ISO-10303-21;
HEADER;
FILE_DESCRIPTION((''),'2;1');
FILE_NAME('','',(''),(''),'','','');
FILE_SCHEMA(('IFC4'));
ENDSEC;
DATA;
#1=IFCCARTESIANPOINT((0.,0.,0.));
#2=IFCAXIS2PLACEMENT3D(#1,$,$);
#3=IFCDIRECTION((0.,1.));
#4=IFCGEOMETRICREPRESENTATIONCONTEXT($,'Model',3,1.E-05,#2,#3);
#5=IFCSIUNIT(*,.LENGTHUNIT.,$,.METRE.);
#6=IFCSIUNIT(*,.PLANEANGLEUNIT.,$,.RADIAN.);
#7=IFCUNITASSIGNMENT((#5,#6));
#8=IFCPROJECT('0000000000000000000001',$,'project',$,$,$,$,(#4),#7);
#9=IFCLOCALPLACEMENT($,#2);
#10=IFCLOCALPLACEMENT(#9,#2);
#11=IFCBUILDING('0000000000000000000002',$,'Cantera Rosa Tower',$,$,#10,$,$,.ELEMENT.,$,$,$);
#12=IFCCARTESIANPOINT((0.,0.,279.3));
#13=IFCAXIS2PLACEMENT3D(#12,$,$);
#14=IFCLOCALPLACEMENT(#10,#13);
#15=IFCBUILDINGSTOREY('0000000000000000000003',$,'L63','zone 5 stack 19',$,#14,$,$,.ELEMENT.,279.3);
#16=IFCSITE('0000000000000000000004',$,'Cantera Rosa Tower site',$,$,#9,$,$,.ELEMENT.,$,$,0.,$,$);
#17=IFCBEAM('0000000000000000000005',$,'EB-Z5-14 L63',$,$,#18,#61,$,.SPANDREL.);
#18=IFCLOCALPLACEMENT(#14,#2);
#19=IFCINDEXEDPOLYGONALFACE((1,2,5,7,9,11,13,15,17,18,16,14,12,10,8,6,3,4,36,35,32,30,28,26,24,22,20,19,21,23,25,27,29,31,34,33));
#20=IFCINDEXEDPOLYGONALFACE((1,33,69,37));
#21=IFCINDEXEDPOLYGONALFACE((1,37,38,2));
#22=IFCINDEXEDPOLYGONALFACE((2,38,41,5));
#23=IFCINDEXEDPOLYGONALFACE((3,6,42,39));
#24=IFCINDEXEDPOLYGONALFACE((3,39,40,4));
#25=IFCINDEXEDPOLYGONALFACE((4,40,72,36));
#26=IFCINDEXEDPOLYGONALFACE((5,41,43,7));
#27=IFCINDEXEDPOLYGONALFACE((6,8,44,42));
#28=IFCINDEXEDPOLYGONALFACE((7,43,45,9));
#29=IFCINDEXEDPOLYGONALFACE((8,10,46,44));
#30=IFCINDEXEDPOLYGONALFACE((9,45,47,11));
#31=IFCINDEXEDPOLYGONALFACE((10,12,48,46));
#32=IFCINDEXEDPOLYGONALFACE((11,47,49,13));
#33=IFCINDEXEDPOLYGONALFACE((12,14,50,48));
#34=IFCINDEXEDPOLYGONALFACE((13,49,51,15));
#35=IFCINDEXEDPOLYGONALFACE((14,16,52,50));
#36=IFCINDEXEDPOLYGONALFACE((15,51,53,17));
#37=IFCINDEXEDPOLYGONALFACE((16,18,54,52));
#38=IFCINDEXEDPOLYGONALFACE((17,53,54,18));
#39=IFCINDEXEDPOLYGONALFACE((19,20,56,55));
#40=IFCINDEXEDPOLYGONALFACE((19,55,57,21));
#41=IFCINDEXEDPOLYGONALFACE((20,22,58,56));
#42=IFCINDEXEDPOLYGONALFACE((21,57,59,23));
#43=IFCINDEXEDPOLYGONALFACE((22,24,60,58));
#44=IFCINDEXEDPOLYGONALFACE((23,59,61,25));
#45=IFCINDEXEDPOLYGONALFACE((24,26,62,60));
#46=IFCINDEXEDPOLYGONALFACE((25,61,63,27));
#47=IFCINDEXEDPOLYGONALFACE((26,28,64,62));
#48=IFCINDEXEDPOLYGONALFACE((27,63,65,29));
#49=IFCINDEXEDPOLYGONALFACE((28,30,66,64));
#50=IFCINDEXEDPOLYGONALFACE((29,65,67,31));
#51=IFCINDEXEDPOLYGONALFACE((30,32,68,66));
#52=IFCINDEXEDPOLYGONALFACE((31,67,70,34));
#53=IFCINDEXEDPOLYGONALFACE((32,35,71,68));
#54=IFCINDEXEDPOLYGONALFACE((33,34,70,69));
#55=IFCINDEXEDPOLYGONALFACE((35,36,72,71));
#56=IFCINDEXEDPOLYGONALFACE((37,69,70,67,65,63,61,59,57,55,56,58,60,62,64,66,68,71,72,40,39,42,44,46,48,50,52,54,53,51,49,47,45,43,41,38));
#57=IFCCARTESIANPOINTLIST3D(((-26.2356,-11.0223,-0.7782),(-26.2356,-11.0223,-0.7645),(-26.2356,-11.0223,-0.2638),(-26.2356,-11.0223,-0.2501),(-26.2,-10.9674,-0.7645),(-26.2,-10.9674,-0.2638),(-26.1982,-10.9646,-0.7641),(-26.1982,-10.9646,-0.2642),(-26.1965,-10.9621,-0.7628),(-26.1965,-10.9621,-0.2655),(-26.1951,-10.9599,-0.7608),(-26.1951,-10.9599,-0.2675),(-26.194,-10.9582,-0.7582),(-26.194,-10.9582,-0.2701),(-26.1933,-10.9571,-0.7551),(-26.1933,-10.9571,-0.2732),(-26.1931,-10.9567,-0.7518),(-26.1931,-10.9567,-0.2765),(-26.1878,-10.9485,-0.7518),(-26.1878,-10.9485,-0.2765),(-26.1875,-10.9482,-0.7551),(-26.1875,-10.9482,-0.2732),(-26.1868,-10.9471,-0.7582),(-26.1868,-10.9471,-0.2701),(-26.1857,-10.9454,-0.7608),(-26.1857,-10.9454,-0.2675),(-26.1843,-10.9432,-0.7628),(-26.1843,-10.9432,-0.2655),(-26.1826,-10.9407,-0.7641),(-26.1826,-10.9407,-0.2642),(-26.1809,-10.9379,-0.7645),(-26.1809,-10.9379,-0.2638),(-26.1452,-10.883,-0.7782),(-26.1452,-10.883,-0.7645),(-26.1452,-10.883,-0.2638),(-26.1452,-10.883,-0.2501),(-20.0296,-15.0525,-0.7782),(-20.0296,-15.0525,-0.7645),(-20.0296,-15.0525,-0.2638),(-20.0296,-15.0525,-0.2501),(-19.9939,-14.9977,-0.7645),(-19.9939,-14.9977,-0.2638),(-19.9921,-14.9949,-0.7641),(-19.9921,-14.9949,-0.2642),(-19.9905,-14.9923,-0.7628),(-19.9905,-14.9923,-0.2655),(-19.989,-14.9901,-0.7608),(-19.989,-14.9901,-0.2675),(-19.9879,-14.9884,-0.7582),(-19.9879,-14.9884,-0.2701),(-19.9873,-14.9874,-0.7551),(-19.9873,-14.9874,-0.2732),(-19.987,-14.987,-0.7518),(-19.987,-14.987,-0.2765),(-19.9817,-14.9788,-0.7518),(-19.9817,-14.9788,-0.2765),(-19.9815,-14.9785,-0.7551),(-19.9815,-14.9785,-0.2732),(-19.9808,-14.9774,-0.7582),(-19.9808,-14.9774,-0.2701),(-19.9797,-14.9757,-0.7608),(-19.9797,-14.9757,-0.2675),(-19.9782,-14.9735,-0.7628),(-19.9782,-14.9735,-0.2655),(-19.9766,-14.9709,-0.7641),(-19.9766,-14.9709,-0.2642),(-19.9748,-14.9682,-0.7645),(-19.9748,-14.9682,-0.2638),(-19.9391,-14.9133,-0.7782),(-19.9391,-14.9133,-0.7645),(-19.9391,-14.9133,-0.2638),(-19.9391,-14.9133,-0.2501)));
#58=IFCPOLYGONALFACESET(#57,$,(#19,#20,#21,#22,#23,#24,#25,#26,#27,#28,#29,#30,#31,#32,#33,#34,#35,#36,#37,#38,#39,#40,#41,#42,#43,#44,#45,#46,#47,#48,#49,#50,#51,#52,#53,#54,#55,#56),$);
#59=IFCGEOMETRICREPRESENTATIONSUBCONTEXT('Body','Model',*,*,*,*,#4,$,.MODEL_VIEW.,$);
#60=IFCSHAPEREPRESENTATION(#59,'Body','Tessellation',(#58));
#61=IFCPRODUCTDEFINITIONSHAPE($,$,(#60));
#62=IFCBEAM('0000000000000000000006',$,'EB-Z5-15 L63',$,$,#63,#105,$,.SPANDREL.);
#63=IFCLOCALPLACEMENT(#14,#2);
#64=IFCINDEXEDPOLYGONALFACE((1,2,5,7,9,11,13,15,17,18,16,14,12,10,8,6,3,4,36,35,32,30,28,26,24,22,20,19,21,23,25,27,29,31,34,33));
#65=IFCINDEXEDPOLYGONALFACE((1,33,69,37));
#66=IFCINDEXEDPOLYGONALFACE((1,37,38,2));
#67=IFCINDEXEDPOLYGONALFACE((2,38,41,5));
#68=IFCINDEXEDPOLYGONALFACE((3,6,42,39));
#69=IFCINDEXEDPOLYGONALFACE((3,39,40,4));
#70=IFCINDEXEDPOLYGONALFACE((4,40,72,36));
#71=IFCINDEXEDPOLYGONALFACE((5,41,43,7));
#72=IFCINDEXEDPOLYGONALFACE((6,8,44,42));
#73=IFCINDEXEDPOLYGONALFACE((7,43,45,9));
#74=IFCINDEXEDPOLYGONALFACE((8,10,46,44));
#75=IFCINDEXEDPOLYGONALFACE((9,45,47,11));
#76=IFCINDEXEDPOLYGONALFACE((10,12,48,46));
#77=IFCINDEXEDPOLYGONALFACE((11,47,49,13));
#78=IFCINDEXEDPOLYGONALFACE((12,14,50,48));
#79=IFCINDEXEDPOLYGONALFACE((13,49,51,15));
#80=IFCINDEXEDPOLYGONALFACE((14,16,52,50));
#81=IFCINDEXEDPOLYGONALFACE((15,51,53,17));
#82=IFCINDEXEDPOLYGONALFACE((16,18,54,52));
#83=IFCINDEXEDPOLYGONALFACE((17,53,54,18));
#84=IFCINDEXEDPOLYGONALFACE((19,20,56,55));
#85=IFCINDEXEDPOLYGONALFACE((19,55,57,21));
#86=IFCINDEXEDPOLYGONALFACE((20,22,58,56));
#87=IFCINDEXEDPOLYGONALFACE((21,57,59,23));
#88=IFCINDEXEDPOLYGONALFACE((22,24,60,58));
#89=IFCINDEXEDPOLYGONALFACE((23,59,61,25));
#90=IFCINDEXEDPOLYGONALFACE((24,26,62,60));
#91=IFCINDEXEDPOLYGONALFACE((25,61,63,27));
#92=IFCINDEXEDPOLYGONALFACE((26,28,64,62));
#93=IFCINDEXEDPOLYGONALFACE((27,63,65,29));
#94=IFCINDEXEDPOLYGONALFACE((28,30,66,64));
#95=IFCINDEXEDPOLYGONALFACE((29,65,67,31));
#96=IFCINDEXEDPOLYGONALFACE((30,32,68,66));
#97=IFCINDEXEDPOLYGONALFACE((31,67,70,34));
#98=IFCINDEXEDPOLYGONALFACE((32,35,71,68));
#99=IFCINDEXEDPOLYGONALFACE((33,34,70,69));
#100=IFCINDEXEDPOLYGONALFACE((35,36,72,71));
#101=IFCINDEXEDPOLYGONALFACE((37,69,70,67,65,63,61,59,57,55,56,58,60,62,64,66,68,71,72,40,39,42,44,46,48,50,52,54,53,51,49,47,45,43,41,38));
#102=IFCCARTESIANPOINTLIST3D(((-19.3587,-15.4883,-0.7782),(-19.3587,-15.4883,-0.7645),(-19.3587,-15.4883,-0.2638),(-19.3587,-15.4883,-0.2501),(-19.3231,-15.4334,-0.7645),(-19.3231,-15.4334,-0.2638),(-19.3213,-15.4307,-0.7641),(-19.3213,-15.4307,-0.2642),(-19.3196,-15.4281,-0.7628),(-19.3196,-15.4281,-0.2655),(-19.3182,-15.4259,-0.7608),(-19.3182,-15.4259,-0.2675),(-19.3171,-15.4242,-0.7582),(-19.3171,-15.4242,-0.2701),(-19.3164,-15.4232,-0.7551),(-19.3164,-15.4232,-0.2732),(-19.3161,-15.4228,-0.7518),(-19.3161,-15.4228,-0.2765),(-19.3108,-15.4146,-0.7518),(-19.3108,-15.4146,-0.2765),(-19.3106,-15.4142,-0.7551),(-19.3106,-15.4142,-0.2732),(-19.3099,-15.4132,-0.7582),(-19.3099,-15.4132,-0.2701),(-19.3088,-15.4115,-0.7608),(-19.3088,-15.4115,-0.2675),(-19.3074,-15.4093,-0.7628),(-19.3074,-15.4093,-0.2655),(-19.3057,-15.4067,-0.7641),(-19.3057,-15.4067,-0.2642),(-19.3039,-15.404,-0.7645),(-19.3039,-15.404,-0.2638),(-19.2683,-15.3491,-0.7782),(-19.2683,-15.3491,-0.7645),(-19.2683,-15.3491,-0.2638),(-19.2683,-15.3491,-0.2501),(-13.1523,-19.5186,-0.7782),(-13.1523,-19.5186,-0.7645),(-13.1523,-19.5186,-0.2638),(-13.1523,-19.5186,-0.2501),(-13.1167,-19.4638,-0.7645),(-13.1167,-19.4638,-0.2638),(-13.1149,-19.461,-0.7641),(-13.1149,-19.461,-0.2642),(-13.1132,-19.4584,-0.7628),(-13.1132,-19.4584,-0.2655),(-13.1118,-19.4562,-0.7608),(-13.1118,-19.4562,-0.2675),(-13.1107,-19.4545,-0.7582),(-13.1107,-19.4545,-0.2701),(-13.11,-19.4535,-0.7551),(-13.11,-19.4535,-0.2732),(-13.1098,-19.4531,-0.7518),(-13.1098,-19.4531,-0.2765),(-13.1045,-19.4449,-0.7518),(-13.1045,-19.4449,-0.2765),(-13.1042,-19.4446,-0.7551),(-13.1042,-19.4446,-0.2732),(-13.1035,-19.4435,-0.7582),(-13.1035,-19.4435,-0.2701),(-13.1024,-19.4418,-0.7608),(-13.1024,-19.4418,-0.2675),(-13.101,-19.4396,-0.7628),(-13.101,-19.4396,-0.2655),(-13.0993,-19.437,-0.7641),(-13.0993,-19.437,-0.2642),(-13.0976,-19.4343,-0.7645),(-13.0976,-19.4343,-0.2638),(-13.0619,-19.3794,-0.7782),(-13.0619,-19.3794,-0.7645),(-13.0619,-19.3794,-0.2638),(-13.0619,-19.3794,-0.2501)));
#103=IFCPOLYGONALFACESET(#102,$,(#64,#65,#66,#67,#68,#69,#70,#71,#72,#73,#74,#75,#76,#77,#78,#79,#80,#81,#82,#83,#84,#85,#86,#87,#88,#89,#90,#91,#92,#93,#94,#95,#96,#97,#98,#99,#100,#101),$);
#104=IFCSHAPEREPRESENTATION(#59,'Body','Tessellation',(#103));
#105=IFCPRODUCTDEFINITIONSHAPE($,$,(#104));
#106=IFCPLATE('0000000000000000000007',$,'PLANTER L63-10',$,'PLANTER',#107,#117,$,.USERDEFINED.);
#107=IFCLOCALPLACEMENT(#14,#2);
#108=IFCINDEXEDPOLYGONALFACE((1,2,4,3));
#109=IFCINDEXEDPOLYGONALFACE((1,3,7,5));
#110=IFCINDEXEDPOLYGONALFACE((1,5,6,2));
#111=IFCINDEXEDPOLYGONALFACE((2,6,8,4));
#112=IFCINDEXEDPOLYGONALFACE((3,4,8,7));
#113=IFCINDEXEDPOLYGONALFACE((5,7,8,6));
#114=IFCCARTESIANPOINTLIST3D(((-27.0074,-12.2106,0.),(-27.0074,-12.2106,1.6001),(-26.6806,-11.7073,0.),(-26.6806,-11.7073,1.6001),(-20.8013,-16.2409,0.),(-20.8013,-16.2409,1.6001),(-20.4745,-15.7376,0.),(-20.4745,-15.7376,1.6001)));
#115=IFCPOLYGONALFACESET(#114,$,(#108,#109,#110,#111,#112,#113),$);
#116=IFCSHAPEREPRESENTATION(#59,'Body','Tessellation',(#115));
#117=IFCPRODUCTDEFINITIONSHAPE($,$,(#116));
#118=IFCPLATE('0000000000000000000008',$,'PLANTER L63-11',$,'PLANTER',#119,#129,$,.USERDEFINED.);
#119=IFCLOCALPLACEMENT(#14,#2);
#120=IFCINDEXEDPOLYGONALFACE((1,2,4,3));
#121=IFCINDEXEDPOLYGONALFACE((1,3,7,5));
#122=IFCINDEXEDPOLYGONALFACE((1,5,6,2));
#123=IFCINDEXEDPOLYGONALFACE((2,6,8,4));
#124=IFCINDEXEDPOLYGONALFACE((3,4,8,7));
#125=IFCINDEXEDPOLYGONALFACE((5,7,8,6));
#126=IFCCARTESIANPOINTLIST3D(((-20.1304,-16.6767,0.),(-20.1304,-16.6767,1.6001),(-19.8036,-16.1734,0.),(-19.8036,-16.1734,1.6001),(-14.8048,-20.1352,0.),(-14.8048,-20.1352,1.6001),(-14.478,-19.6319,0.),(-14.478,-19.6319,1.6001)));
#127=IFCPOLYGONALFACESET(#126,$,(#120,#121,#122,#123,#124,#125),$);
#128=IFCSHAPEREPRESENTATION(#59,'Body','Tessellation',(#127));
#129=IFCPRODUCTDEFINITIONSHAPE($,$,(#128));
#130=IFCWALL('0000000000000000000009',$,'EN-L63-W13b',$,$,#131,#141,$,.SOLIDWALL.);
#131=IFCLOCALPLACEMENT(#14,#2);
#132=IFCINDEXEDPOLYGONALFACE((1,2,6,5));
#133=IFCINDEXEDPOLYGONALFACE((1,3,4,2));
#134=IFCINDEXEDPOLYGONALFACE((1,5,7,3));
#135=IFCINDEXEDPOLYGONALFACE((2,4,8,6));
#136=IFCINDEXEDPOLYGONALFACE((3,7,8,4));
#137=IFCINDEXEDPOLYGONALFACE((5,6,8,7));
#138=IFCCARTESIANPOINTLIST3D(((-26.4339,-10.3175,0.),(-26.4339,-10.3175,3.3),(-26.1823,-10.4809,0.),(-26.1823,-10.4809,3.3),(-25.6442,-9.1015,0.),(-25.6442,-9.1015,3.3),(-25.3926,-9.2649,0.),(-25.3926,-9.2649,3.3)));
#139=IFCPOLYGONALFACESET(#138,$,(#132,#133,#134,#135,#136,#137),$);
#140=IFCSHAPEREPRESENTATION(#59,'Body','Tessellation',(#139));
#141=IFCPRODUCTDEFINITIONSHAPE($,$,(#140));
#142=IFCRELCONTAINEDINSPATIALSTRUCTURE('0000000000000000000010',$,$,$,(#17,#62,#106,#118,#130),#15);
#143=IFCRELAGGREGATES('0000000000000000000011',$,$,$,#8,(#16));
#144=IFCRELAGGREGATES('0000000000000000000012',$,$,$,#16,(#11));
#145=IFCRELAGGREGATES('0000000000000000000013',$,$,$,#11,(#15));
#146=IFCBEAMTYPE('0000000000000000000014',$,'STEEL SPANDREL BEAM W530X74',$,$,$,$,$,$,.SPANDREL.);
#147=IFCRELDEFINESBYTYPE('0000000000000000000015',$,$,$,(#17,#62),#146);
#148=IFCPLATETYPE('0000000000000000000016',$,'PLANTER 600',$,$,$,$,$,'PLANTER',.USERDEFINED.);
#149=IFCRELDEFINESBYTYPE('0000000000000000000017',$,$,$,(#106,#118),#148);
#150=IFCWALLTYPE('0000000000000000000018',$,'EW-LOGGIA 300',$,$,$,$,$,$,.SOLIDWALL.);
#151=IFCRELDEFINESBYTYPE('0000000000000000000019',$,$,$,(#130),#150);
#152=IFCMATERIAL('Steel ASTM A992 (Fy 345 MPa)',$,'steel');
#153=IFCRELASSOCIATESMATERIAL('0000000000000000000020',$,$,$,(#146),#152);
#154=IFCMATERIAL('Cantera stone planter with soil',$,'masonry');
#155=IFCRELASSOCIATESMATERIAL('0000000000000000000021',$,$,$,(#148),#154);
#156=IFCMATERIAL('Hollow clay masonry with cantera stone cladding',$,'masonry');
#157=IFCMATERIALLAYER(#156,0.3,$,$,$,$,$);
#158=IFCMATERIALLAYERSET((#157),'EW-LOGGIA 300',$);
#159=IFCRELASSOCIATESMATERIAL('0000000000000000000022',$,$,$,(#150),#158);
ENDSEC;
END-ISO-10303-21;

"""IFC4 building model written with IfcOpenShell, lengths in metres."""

from ifc_helpers import new_model, si_unit, direction, frame, frame_2d, origin, origin_2d, place, context, subcontext, project, spatial, rectangle, i_section, extrude, material, layer, layer_set, material_profile, profile_set, type_object, element, save


model = new_model("IFC4")

# Units and contexts
model_context = context("Model", 3, precision=1e-05, world=origin(), true_north=direction((0.0, 1.0)))
body_context = subcontext(model_context, "Body", "Model", "MODEL_VIEW")
ifc_project = project(units=[si_unit("LENGTHUNIT", "METRE"), si_unit("PLANEANGLEUNIT", "RADIAN")], contexts=[model_context])

# Site, building, storey
site_placement = place(None, origin())
site = spatial("IfcSite", under=ifc_project, at=site_placement, Name="Cantera Rosa Tower site", CompositionType="ELEMENT", RefElevation=0.0)
building_placement = place(site_placement, origin())
building = spatial("IfcBuilding", under=site, at=building_placement, Name="Cantera Rosa Tower", CompositionType="ELEMENT")
storey_placement = place(building_placement, frame((0.0, 0.0, 279.3)))
storey = spatial("IfcBuildingStorey", under=building, at=storey_placement, Name="L63", Description="zone 5 stack 19", CompositionType="ELEMENT", Elevation=279.3)

# Beams
ifc_material_1 = material(Name="Steel ASTM A992 (Fy 345 MPa)", Category="steel")
ifc_material_profile_1 = material_profile(ifc_material_1, i_section(OverallWidth=0.166, OverallDepth=0.5281, WebThickness=0.0098, FlangeThickness=0.0137, FilletRadius=0.0127, at=origin_2d()), Name="W530X74")
ifc_profile_set_1 = profile_set([ifc_material_profile_1], Name="Steel ASTM A992 (Fy 345 MPa)")
beam_type_1 = type_object("IfcBeamType", Name="STEEL SPANDREL BEAM W530X74", PredefinedType="SPANDREL", material=ifc_profile_set_1)
beam_1_placement = place(storey_placement, frame((-26.1904, -10.9526, -0.5142), z_axis=(0.83867, -0.54464, 0.0), x_axis=(0.54464, 0.83867, 0.0)))
element("IfcBeam", 1, at=beam_1_placement, inside=storey, type_object=beam_type_1, Name="EB-Z5-14 L63", PredefinedType="SPANDREL", context=body_context, shape_type="SweptSolid", body=[
    extrude(i_section(OverallWidth=0.166, OverallDepth=0.5281, WebThickness=0.0098, FlangeThickness=0.0137, FilletRadius=0.0127, at=origin_2d()), origin(), (0.0, 0.0, 1.0), 7.3999),
])
beam_2_placement = place(storey_placement, frame((-19.3135, -15.4187, -0.5142), z_axis=(0.838679, -0.544625, 0.0), x_axis=(0.544625, 0.838679, 0.0)))
element("IfcBeam", 2, at=beam_2_placement, inside=storey, type_object=beam_type_1, Name="EB-Z5-15 L63", PredefinedType="SPANDREL", context=body_context, shape_type="SweptSolid", body=[
    extrude(i_section(OverallWidth=0.166, OverallDepth=0.5281, WebThickness=0.0098, FlangeThickness=0.0137, FilletRadius=0.0127, at=origin_2d()), origin(), (0.0, 0.0, 1.0), 7.4001),
])

# Plates
ifc_material_2 = material(Name="Cantera stone planter with soil", Category="masonry")
plate_type = type_object("IfcPlateType", Name="PLANTER 600", ElementType="PLANTER", PredefinedType="USERDEFINED", material=ifc_material_2)
plate_1_placement = place(storey_placement, frame((-23.741, -13.9741, 0.0), z_axis=(0.0, 0.0, 1.0), x_axis=(0.838671, -0.544639, 0.0)))
element("IfcPlate", 3, at=plate_1_placement, inside=storey, type_object=plate_type, Name="PLANTER L63-10", ObjectType="PLANTER", PredefinedType="USERDEFINED", context=body_context, shape_type="SweptSolid", body=[
    extrude(rectangle(XDim=7.3999, YDim=0.6001, at=origin_2d()), origin(), (0.0, 0.0, 1.0), 1.6001),
])
plate_2_placement = place(storey_placement, frame((-17.3042, -18.1543, 0.0), z_axis=(0.0, 0.0, 1.0), x_axis=(0.838671, -0.544639, 0.0)))
element("IfcPlate", 4, at=plate_2_placement, inside=storey, type_object=plate_type, Name="PLANTER L63-11", ObjectType="PLANTER", PredefinedType="USERDEFINED", context=body_context, shape_type="SweptSolid", body=[
    extrude(rectangle(XDim=6.3501, YDim=0.6001, at=origin_2d()), origin(), (0.0, 0.0, 1.0), 1.6001),
])

# Wall
ifc_material_3 = material(Name="Hollow clay masonry with cantera stone cladding", Category="masonry")
ifc_layer_1 = layer(ifc_material_3, 0.3)
ifc_layer_set_1 = layer_set([ifc_layer_1], Name="EW-LOGGIA 300")
wall_type_1 = type_object("IfcWallType", Name="EW-LOGGIA 300", PredefinedType="SOLIDWALL", material=ifc_layer_set_1)
wall_1_placement = place(storey_placement, frame((-25.5183, -9.1831, 0.0), z_axis=(0.0, 0.0, 1.0), x_axis=(-0.544675, -0.838647, 0.0)))
element("IfcWall", 5, at=wall_1_placement, inside=storey, type_object=wall_type_1, Name="EN-L63-W13b", PredefinedType="SOLIDWALL", context=body_context, shape_type="SweptSolid", body=[
    extrude(rectangle(XDim=1.45, YDim=0.3, at=frame_2d((0.7251, 0.0))), origin(), (0.0, 0.0, 1.0), 3.3),
])

save(model, "model.ifc")
